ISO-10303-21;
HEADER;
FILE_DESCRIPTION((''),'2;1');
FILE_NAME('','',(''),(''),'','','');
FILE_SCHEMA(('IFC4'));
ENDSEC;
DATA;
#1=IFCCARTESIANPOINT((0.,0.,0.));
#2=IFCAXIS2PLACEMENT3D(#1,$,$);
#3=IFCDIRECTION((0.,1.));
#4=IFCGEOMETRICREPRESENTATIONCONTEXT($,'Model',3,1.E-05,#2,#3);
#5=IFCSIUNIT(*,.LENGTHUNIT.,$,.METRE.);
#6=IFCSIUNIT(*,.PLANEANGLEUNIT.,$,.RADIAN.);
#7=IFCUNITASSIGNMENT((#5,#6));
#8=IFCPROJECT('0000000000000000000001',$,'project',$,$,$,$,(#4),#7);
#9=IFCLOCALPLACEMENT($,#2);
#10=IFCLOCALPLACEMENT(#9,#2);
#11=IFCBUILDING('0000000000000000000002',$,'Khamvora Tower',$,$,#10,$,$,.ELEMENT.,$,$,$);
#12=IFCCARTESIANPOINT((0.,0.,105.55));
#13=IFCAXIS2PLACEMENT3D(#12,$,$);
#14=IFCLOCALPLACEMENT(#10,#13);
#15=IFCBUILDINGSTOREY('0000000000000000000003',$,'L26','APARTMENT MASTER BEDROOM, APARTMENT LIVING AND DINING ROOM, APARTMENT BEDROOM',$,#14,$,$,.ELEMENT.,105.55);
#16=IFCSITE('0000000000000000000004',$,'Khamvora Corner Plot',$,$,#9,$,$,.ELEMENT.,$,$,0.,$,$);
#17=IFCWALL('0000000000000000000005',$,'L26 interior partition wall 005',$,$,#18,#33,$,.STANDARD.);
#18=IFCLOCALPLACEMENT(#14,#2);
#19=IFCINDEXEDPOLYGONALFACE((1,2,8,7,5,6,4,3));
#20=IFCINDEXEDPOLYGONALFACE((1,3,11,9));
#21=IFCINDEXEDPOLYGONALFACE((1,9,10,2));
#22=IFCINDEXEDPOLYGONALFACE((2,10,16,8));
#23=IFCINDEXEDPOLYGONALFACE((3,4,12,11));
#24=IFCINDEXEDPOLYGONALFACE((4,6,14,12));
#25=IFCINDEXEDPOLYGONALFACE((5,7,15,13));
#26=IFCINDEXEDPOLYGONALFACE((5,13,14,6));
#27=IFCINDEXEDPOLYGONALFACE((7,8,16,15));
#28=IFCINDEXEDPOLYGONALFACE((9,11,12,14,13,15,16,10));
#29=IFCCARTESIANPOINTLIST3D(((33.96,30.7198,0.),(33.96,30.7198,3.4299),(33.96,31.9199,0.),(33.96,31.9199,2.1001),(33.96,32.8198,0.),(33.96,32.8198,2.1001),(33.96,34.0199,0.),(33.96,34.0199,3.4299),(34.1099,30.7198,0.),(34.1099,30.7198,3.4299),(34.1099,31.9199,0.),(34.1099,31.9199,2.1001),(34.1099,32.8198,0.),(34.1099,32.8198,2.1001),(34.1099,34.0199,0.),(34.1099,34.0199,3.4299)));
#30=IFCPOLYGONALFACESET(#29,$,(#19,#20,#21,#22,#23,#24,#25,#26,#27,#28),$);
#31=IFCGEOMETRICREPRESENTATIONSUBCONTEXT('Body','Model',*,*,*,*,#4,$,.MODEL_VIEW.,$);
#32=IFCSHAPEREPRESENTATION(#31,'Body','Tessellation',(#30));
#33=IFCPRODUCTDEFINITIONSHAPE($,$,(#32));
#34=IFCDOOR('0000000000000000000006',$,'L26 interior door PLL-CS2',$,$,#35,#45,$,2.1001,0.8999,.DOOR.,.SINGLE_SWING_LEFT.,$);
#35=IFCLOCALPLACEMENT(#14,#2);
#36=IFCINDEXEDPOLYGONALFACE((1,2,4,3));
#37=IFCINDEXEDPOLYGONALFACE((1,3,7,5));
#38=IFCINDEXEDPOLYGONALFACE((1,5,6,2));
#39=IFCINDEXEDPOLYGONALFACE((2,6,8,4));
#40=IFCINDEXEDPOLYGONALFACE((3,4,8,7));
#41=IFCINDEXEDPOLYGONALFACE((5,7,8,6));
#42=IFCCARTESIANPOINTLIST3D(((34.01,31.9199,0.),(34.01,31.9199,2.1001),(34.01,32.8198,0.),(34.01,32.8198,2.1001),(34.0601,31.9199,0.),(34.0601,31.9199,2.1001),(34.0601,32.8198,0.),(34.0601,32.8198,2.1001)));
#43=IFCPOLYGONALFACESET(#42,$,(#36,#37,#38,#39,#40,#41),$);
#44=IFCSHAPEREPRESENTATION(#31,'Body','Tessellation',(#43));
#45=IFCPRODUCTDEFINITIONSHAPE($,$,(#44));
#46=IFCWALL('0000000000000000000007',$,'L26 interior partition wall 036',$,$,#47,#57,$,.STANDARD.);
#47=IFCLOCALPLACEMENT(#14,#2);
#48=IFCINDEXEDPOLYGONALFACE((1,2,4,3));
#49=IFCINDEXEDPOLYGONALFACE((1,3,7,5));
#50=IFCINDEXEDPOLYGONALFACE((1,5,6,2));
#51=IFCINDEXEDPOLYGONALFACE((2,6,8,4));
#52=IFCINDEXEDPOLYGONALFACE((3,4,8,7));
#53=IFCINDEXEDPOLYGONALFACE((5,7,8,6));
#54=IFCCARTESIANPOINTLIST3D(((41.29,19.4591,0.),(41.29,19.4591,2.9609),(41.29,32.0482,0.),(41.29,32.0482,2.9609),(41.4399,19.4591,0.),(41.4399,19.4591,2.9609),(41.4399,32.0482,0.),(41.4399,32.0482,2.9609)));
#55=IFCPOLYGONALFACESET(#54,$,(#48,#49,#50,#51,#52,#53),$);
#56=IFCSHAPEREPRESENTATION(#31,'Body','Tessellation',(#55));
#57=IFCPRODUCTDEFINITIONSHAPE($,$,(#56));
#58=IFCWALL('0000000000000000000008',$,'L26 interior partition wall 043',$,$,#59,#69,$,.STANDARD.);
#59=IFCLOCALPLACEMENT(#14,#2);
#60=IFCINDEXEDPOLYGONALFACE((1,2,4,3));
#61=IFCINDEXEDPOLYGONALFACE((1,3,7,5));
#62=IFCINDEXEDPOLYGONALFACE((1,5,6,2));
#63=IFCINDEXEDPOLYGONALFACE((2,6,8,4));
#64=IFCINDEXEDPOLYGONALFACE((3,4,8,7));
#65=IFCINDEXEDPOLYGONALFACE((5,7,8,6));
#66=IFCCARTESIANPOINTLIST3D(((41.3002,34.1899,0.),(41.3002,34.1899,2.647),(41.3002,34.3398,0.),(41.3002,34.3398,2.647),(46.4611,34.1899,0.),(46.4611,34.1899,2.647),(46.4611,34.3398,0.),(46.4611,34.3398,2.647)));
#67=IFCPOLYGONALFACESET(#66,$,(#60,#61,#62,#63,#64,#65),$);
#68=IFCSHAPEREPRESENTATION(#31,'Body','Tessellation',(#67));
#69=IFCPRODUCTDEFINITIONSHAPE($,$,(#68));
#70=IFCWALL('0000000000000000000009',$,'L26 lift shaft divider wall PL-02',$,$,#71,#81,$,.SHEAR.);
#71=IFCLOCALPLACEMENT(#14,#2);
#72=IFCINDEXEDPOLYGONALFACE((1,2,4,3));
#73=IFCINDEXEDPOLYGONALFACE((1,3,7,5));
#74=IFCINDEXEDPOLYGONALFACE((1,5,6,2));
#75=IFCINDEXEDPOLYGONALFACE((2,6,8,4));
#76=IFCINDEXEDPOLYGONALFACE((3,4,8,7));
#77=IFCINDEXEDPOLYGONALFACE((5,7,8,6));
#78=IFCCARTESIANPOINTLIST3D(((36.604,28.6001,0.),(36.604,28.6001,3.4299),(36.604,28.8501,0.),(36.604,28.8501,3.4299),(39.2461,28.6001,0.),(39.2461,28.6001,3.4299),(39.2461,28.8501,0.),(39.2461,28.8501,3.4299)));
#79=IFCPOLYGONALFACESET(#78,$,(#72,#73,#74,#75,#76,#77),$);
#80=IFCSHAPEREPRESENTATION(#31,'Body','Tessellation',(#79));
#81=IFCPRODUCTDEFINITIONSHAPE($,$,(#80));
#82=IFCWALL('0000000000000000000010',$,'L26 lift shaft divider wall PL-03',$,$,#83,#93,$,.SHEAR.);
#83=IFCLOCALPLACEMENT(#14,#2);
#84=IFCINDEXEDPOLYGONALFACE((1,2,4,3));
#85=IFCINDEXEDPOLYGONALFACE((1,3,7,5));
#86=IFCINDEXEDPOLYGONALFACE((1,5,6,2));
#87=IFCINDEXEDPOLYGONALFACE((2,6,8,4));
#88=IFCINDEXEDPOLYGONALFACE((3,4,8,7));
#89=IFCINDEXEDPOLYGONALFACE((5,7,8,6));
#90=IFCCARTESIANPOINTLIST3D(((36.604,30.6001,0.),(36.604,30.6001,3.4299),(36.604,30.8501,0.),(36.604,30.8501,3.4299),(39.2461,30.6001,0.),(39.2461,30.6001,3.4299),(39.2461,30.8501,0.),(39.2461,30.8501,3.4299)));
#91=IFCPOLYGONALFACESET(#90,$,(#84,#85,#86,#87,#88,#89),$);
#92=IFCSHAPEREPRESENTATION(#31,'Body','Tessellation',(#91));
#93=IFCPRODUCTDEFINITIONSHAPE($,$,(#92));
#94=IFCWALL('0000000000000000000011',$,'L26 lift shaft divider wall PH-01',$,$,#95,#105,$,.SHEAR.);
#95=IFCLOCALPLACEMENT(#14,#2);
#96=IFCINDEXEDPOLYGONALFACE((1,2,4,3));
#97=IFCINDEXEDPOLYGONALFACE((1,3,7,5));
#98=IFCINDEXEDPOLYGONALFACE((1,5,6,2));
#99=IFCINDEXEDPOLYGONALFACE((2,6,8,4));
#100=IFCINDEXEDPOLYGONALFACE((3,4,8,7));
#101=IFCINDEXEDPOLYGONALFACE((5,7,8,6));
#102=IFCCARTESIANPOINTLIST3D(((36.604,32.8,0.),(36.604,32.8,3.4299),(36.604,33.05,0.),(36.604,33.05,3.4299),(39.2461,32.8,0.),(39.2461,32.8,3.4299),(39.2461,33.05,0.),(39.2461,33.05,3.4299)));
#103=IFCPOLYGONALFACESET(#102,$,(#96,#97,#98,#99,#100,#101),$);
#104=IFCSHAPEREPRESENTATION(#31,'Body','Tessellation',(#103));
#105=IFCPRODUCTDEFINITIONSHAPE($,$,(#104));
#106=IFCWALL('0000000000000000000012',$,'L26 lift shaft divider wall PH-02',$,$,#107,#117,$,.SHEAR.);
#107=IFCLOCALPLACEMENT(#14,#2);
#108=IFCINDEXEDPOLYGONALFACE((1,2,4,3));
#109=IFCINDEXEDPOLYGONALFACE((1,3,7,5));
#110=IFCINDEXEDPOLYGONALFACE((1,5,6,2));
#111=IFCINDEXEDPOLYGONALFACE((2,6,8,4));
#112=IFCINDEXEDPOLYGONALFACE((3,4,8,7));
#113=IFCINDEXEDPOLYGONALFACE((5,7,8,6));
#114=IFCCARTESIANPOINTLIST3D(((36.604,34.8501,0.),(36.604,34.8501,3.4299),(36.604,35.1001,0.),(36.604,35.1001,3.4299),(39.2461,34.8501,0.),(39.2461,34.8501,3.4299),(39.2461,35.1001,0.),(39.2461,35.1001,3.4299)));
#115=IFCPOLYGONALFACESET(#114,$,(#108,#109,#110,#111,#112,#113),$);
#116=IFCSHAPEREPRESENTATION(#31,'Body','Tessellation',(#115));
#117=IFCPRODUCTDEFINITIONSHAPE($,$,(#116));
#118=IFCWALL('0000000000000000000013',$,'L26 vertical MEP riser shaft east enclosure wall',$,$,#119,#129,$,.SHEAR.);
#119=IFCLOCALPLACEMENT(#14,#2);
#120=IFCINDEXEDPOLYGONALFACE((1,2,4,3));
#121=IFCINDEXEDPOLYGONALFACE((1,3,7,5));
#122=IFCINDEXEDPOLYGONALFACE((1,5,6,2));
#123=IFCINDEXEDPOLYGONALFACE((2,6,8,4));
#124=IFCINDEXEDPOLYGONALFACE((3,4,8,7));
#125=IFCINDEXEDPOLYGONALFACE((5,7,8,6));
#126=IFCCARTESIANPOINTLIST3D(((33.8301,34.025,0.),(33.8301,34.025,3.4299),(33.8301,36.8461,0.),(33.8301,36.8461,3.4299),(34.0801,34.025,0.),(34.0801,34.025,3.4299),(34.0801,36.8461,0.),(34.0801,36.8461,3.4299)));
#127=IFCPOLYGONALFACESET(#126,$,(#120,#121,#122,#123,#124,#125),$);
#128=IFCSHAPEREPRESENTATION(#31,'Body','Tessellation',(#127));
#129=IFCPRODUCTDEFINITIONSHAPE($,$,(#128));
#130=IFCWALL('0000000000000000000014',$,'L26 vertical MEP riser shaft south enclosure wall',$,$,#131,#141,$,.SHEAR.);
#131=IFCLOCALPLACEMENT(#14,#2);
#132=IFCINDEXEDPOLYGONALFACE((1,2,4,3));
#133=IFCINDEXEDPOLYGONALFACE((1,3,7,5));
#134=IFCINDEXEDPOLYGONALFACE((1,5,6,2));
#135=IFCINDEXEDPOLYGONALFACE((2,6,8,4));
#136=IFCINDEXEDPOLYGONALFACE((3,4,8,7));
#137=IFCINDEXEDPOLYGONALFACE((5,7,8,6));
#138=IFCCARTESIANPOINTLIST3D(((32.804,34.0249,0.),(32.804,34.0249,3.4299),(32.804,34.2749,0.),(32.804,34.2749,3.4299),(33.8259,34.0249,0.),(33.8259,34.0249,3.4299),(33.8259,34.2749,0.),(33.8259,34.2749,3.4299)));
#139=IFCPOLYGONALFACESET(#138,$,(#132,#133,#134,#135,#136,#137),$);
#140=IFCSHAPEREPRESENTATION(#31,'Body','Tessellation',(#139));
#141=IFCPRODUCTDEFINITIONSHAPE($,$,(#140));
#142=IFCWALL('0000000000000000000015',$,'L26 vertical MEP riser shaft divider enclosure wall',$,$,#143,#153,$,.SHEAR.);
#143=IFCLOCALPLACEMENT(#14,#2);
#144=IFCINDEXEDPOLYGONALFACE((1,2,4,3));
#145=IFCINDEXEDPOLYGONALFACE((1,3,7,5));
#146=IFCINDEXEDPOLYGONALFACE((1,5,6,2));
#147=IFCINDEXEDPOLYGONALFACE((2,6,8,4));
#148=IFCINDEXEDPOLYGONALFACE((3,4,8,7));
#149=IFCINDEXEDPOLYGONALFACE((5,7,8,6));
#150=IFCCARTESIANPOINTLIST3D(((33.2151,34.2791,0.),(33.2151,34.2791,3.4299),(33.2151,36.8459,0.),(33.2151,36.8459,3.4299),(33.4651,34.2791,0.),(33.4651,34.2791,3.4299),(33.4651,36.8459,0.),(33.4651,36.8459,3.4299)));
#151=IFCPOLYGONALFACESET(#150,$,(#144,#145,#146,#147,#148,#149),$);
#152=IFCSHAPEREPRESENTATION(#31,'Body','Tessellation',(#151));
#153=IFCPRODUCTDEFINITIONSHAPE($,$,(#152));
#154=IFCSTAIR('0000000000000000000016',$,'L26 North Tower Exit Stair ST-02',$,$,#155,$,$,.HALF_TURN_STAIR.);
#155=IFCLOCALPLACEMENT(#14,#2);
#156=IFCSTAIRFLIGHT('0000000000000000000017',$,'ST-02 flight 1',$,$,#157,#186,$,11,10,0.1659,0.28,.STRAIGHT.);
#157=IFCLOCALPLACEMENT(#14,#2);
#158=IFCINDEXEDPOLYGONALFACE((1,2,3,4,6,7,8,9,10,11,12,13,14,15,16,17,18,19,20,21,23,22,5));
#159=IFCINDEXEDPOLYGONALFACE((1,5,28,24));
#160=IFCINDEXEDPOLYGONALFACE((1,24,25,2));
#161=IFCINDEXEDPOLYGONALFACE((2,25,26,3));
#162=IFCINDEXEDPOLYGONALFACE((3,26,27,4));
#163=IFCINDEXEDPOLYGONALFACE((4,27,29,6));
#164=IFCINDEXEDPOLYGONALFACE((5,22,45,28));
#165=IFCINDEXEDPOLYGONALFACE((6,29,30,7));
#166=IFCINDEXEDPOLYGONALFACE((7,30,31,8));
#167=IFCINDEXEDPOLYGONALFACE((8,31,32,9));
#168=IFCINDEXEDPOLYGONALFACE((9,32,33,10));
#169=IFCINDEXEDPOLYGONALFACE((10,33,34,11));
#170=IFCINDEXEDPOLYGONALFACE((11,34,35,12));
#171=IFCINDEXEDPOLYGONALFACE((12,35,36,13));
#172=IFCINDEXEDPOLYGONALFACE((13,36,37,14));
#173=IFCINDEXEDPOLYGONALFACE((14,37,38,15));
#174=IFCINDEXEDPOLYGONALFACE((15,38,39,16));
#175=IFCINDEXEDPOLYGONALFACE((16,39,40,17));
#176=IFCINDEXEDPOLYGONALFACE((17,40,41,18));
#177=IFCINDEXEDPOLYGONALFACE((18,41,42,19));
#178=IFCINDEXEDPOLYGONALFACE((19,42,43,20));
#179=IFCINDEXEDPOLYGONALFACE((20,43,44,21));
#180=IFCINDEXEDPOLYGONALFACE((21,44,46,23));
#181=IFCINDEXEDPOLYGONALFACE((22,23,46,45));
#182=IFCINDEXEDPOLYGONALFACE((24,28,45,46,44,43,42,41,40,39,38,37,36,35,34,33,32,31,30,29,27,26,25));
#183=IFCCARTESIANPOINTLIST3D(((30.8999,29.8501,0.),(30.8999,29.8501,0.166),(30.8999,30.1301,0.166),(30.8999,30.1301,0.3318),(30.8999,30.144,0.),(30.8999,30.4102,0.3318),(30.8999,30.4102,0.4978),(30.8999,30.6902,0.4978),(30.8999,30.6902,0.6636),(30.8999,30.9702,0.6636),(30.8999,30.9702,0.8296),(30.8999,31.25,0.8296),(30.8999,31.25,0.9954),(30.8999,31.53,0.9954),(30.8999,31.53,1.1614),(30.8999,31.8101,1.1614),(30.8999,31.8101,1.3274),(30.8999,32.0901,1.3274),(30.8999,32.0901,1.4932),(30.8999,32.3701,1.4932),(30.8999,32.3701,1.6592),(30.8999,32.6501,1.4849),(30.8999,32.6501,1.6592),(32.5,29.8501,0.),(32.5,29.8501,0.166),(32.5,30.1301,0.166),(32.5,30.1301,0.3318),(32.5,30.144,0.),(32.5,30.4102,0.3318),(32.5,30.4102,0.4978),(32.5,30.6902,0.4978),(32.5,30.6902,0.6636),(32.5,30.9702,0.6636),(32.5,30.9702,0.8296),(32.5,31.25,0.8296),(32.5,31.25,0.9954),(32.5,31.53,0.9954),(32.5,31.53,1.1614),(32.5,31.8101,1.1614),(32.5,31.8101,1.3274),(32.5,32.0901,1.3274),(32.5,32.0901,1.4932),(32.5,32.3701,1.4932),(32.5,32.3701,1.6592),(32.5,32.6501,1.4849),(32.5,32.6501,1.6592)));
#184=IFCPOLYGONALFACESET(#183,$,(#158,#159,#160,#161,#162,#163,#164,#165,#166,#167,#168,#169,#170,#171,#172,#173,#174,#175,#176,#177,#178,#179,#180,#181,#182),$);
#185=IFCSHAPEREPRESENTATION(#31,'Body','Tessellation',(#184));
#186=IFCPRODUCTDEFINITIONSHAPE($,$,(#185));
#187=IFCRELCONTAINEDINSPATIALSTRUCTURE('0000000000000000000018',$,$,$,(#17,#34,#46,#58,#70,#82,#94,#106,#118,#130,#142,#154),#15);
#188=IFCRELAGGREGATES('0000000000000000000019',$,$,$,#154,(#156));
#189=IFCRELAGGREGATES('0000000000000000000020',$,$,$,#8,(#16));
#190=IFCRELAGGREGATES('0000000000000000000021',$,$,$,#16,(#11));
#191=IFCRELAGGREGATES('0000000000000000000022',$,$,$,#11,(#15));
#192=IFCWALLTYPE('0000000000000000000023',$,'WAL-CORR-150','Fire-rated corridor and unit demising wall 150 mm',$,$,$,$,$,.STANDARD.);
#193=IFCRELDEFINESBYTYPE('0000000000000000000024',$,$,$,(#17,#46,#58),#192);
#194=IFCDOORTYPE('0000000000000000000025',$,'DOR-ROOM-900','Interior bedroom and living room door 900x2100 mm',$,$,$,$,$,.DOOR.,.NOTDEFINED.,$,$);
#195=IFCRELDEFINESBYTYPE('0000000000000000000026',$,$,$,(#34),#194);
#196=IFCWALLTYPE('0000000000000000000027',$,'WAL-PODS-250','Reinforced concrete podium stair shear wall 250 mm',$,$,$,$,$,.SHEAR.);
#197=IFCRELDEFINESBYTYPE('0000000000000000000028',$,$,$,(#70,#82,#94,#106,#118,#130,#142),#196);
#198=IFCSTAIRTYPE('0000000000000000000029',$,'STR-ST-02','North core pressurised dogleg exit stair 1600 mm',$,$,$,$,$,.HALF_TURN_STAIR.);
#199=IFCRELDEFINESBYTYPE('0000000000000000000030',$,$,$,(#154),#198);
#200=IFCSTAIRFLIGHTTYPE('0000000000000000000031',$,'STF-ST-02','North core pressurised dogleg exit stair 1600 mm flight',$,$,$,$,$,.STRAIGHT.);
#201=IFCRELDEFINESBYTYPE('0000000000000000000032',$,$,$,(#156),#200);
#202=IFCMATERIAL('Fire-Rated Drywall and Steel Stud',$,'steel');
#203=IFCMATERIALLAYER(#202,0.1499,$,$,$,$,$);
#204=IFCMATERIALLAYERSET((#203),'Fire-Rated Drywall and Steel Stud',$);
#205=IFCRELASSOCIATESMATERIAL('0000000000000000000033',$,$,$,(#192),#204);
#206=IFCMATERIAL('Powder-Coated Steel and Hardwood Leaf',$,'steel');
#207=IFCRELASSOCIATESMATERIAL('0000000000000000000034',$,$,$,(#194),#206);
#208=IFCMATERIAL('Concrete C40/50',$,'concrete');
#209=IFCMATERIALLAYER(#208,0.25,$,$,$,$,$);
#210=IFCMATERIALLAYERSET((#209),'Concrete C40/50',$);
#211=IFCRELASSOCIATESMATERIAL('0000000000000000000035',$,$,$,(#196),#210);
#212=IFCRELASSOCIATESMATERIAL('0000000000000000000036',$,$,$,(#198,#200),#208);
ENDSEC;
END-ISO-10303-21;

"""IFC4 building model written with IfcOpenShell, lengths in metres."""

from ifc_helpers import new_model, si_unit, direction, frame, frame_2d, origin, place, context, subcontext, project, spatial, polyline, rectangle, outline, extrude, material, layer, layer_set, type_object, element, fill, aggregate, save


model = new_model("IFC4")

# Units and contexts
model_context = context("Model", 3, precision=1e-05, world=origin(), true_north=direction((0.0, 1.0)))
body_context = subcontext(model_context, "Body", "Model", "MODEL_VIEW")
ifc_project = project(units=[si_unit("LENGTHUNIT", "METRE"), si_unit("PLANEANGLEUNIT", "RADIAN")], contexts=[model_context])

# Site, building, storey
site_placement = place(None, origin())
site = spatial("IfcSite", under=ifc_project, at=site_placement, Name="Khamvora Corner Plot", CompositionType="ELEMENT", RefElevation=0.0)
building_placement = place(site_placement, origin())
building = spatial("IfcBuilding", under=site, at=building_placement, Name="Khamvora Tower", CompositionType="ELEMENT")
storey_placement = place(building_placement, frame((0.0, 0.0, 105.55)))
storey = spatial("IfcBuildingStorey", under=building, at=storey_placement, Name="L26", Description="APARTMENT MASTER BEDROOM, APARTMENT LIVING AND DINING ROOM, APARTMENT BEDROOM", CompositionType="ELEMENT", Elevation=105.55)

# Shared definitions
ifc_material_1 = material(Name="Fire-Rated Drywall and Steel Stud", Category="steel")
ifc_layer_1 = layer(ifc_material_1, 0.1499)
ifc_layer_set_1 = layer_set([ifc_layer_1], Name="Fire-Rated Drywall and Steel Stud")
wall_type_1 = type_object("IfcWallType", Name="WAL-CORR-150", Description="Fire-rated corridor and unit demising wall 150 mm", PredefinedType="STANDARD", material=ifc_layer_set_1)

# Shared definitions
ifc_material_2 = material(Name="Powder-Coated Steel and Hardwood Leaf", Category="steel")

# Wall, opening, door
wall_1_placement = place(storey_placement, frame((34.0349, 30.72, 0.0), z_axis=(0.0, 0.0, 1.0), x_axis=(0.0, 1.0, 0.0)))
wall_1 = element("IfcWall", 1, at=wall_1_placement, inside=storey, type_object=wall_type_1, Name="L26 interior partition wall 005", PredefinedType="STANDARD", context=body_context, shape_type="SweptSolid", body=[
    extrude(rectangle(XDim=3.3, YDim=0.1499, at=frame_2d((1.6499, 0.0))), origin(), (0.0, 0.0, 1.0), 3.4299),
])
opening_1_placement = place(wall_1_placement, frame((1.2, 0.0, 0.0)))
opening_1 = element("IfcOpeningElement", 2, at=opening_1_placement, cuts=wall_1, PredefinedType="OPENING", context=body_context, shape_type="SweptSolid", body=[
    extrude(rectangle(XDim=0.8999, YDim=2.1001, at=frame_2d((0.45, 1.05))), frame((0.0, 0.085, 0.0), z_axis=(0.0, -1.0, 0.0), x_axis=(1.0, 0.0, 0.0)), (0.0, 0.0, 1.0), 0.1699),
])
door_type_1 = type_object("IfcDoorType", Name="DOR-ROOM-900", Description="Interior bedroom and living room door 900x2100 mm", OperationType="NOTDEFINED", PredefinedType="DOOR", material=ifc_material_2)
door_1_placement = place(opening_1_placement, origin())
door_1 = element("IfcDoor", 3, at=door_1_placement, inside=storey, type_object=door_type_1, Name="L26 interior door PLL-CS2", OperationType="SINGLE_SWING_LEFT", OverallHeight=2.1001, OverallWidth=0.8999, PredefinedType="DOOR", context=body_context, shape_type="SweptSolid", body=[
    extrude(rectangle(XDim=0.8999, YDim=2.1001, at=frame_2d((0.45, 1.05))), frame((0.0, 0.0249, 0.0), z_axis=(0.0, -1.0, 0.0), x_axis=(1.0, 0.0, 0.0)), (0.0, 0.0, 1.0), 0.05),
])
fill(opening_1, door_1)

# Walls
wall_2_placement = place(storey_placement, frame((41.365, 32.0481, 0.0), z_axis=(0.0, 0.0, 1.0), x_axis=(0.0, -1.0, 0.0)))
element("IfcWall", 4, at=wall_2_placement, inside=storey, type_object=wall_type_1, Name="L26 interior partition wall 036", PredefinedType="STANDARD", context=body_context, shape_type="SweptSolid", body=[
    extrude(rectangle(XDim=12.5891, YDim=0.1499, at=frame_2d((6.2944, 0.0))), origin(), (0.0, 0.0, 1.0), 2.9609),
])
wall_3_placement = place(storey_placement, frame((41.3, 34.2649, 0.0), z_axis=(0.0, 0.0, 1.0), x_axis=(1.0, 0.0, 0.0)))
element("IfcWall", 5, at=wall_3_placement, inside=storey, type_object=wall_type_1, Name="L26 interior partition wall 043", PredefinedType="STANDARD", context=body_context, shape_type="SweptSolid", body=[
    extrude(rectangle(XDim=5.1609, YDim=0.1499, at=frame_2d((2.5806, 0.0))), origin(), (0.0, 0.0, 1.0), 2.647),
])
ifc_material_3 = material(Name="Concrete C40/50", Category="concrete")
ifc_layer_2 = layer(ifc_material_3, 0.25)
ifc_layer_set_2 = layer_set([ifc_layer_2], Name="Concrete C40/50")
wall_type_2 = type_object("IfcWallType", Name="WAL-PODS-250", Description="Reinforced concrete podium stair shear wall 250 mm", PredefinedType="SHEAR", material=ifc_layer_set_2)
for number, where, z_axis, x_axis, name in (
    (6, (36.604, 28.7251, 0.0), (0.0, 0.0, 1.0), (1.0, 0.0, 0.0), "L26 lift shaft divider wall PL-02"),
    (7, (36.604, 30.7251, 0.0), (0.0, 0.0, 1.0), (1.0, 0.0, 0.0), "L26 lift shaft divider wall PL-03"),
    (8, (36.604, 32.925, 0.0), (0.0, 0.0, 1.0), (1.0, 0.0, 0.0), "L26 lift shaft divider wall PH-01"),
    (9, (36.604, 34.9751, 0.0), (0.0, 0.0, 1.0), (1.0, 0.0, 0.0), "L26 lift shaft divider wall PH-02"),
):
    element("IfcWall", number, at=place(storey_placement, frame(where, z_axis=z_axis, x_axis=x_axis)), inside=storey, type_object=wall_type_2, Name=name, PredefinedType="SHEAR", context=body_context, shape_type="SweptSolid", body=[
        extrude(rectangle(XDim=2.6421, YDim=0.25, at=frame_2d((1.321, 0.0))), origin(), (0.0, 0.0, 1.0), 3.4299),
    ])
wall_4_placement = place(storey_placement, frame((33.9551, 34.0249, 0.0), z_axis=(0.0, 0.0, 1.0), x_axis=(0.0, 1.0, 0.0)))
element("IfcWall", 10, at=wall_4_placement, inside=storey, type_object=wall_type_2, Name="L26 vertical MEP riser shaft east enclosure wall", PredefinedType="SHEAR", context=body_context, shape_type="SweptSolid", body=[
    extrude(rectangle(XDim=2.821, YDim=0.25, at=frame_2d((1.4106, 0.0))), origin(), (0.0, 0.0, 1.0), 3.4299),
])
wall_5_placement = place(storey_placement, frame((32.804, 34.1499, 0.0), z_axis=(0.0, 0.0, 1.0), x_axis=(1.0, 0.0, 0.0)))
element("IfcWall", 11, at=wall_5_placement, inside=storey, type_object=wall_type_2, Name="L26 vertical MEP riser shaft south enclosure wall", PredefinedType="SHEAR", context=body_context, shape_type="SweptSolid", body=[
    extrude(rectangle(XDim=1.022, YDim=0.25, at=frame_2d((0.511, 0.0))), origin(), (0.0, 0.0, 1.0), 3.4299),
])
wall_6_placement = place(storey_placement, frame((33.3401, 34.2791, 0.0), z_axis=(0.0, 0.0, 1.0), x_axis=(0.0, 1.0, 0.0)))
element("IfcWall", 12, at=wall_6_placement, inside=storey, type_object=wall_type_2, Name="L26 vertical MEP riser shaft divider enclosure wall", PredefinedType="SHEAR", context=body_context, shape_type="SweptSolid", body=[
    extrude(rectangle(XDim=2.5669, YDim=0.25, at=frame_2d((1.2834, 0.0))), origin(), (0.0, 0.0, 1.0), 3.4299),
])

# Stair, stair flight
stair_type = type_object("IfcStairType", Name="STR-ST-02", Description="North core pressurised dogleg exit stair 1600 mm", PredefinedType="HALF_TURN_STAIR", material=ifc_material_3)
stair_placement = place(storey_placement, origin())
stair = element("IfcStair", 13, at=stair_placement, inside=storey, type_object=stair_type, Name="L26 North Tower Exit Stair ST-02", PredefinedType="HALF_TURN_STAIR")
stair_flight_type = type_object("IfcStairFlightType", Name="STF-ST-02", Description="North core pressurised dogleg exit stair 1600 mm flight", PredefinedType="STRAIGHT", material=ifc_material_3)
stair_flight_placement = place(storey_placement, frame((31.7, 29.8501, 0.0), z_axis=(0.0, 0.0, 1.0), x_axis=(0.0, 1.0, 0.0)))
stair_flight = element("IfcStairFlight", 14, at=stair_flight_placement, type_object=stair_flight_type, Name="ST-02 flight 1", NumberOfRisers=11, NumberOfTreads=10, PredefinedType="STRAIGHT", RiserHeight=0.1659, TreadLength=0.28, context=body_context, shape_type="SweptSolid", body=[
    extrude(outline(polyline([(0.0, 0.0), (0.0, 0.166), (0.28, 0.166), (0.28, 0.3318), (0.5601, 0.3318), (0.5601, 0.4978), (0.8401, 0.4978), (0.8401, 0.6636), (1.1201, 0.6636), (1.1201, 0.8296), (1.3999, 0.8296), (1.3999, 0.9954), (1.6799, 0.9954), (1.6799, 1.1614), (1.96, 1.1614), (1.96, 1.3274), (2.24, 1.3274), (2.24, 1.4932), (2.52, 1.4932), (2.52, 1.6592), (2.8, 1.6592), (2.8, 1.825), (2.8, 1.4849), (0.2939, 0.0), (0.0, 0.0)])), frame((0.0, 0.8, 0.0), z_axis=(0.0, -1.0, 0.0), x_axis=(1.0, 0.0, 0.0)), (0.0, 0.0, 1.0), 1.6001),
])
aggregate(stair, [stair_flight])

save(model, "model.ifc")
